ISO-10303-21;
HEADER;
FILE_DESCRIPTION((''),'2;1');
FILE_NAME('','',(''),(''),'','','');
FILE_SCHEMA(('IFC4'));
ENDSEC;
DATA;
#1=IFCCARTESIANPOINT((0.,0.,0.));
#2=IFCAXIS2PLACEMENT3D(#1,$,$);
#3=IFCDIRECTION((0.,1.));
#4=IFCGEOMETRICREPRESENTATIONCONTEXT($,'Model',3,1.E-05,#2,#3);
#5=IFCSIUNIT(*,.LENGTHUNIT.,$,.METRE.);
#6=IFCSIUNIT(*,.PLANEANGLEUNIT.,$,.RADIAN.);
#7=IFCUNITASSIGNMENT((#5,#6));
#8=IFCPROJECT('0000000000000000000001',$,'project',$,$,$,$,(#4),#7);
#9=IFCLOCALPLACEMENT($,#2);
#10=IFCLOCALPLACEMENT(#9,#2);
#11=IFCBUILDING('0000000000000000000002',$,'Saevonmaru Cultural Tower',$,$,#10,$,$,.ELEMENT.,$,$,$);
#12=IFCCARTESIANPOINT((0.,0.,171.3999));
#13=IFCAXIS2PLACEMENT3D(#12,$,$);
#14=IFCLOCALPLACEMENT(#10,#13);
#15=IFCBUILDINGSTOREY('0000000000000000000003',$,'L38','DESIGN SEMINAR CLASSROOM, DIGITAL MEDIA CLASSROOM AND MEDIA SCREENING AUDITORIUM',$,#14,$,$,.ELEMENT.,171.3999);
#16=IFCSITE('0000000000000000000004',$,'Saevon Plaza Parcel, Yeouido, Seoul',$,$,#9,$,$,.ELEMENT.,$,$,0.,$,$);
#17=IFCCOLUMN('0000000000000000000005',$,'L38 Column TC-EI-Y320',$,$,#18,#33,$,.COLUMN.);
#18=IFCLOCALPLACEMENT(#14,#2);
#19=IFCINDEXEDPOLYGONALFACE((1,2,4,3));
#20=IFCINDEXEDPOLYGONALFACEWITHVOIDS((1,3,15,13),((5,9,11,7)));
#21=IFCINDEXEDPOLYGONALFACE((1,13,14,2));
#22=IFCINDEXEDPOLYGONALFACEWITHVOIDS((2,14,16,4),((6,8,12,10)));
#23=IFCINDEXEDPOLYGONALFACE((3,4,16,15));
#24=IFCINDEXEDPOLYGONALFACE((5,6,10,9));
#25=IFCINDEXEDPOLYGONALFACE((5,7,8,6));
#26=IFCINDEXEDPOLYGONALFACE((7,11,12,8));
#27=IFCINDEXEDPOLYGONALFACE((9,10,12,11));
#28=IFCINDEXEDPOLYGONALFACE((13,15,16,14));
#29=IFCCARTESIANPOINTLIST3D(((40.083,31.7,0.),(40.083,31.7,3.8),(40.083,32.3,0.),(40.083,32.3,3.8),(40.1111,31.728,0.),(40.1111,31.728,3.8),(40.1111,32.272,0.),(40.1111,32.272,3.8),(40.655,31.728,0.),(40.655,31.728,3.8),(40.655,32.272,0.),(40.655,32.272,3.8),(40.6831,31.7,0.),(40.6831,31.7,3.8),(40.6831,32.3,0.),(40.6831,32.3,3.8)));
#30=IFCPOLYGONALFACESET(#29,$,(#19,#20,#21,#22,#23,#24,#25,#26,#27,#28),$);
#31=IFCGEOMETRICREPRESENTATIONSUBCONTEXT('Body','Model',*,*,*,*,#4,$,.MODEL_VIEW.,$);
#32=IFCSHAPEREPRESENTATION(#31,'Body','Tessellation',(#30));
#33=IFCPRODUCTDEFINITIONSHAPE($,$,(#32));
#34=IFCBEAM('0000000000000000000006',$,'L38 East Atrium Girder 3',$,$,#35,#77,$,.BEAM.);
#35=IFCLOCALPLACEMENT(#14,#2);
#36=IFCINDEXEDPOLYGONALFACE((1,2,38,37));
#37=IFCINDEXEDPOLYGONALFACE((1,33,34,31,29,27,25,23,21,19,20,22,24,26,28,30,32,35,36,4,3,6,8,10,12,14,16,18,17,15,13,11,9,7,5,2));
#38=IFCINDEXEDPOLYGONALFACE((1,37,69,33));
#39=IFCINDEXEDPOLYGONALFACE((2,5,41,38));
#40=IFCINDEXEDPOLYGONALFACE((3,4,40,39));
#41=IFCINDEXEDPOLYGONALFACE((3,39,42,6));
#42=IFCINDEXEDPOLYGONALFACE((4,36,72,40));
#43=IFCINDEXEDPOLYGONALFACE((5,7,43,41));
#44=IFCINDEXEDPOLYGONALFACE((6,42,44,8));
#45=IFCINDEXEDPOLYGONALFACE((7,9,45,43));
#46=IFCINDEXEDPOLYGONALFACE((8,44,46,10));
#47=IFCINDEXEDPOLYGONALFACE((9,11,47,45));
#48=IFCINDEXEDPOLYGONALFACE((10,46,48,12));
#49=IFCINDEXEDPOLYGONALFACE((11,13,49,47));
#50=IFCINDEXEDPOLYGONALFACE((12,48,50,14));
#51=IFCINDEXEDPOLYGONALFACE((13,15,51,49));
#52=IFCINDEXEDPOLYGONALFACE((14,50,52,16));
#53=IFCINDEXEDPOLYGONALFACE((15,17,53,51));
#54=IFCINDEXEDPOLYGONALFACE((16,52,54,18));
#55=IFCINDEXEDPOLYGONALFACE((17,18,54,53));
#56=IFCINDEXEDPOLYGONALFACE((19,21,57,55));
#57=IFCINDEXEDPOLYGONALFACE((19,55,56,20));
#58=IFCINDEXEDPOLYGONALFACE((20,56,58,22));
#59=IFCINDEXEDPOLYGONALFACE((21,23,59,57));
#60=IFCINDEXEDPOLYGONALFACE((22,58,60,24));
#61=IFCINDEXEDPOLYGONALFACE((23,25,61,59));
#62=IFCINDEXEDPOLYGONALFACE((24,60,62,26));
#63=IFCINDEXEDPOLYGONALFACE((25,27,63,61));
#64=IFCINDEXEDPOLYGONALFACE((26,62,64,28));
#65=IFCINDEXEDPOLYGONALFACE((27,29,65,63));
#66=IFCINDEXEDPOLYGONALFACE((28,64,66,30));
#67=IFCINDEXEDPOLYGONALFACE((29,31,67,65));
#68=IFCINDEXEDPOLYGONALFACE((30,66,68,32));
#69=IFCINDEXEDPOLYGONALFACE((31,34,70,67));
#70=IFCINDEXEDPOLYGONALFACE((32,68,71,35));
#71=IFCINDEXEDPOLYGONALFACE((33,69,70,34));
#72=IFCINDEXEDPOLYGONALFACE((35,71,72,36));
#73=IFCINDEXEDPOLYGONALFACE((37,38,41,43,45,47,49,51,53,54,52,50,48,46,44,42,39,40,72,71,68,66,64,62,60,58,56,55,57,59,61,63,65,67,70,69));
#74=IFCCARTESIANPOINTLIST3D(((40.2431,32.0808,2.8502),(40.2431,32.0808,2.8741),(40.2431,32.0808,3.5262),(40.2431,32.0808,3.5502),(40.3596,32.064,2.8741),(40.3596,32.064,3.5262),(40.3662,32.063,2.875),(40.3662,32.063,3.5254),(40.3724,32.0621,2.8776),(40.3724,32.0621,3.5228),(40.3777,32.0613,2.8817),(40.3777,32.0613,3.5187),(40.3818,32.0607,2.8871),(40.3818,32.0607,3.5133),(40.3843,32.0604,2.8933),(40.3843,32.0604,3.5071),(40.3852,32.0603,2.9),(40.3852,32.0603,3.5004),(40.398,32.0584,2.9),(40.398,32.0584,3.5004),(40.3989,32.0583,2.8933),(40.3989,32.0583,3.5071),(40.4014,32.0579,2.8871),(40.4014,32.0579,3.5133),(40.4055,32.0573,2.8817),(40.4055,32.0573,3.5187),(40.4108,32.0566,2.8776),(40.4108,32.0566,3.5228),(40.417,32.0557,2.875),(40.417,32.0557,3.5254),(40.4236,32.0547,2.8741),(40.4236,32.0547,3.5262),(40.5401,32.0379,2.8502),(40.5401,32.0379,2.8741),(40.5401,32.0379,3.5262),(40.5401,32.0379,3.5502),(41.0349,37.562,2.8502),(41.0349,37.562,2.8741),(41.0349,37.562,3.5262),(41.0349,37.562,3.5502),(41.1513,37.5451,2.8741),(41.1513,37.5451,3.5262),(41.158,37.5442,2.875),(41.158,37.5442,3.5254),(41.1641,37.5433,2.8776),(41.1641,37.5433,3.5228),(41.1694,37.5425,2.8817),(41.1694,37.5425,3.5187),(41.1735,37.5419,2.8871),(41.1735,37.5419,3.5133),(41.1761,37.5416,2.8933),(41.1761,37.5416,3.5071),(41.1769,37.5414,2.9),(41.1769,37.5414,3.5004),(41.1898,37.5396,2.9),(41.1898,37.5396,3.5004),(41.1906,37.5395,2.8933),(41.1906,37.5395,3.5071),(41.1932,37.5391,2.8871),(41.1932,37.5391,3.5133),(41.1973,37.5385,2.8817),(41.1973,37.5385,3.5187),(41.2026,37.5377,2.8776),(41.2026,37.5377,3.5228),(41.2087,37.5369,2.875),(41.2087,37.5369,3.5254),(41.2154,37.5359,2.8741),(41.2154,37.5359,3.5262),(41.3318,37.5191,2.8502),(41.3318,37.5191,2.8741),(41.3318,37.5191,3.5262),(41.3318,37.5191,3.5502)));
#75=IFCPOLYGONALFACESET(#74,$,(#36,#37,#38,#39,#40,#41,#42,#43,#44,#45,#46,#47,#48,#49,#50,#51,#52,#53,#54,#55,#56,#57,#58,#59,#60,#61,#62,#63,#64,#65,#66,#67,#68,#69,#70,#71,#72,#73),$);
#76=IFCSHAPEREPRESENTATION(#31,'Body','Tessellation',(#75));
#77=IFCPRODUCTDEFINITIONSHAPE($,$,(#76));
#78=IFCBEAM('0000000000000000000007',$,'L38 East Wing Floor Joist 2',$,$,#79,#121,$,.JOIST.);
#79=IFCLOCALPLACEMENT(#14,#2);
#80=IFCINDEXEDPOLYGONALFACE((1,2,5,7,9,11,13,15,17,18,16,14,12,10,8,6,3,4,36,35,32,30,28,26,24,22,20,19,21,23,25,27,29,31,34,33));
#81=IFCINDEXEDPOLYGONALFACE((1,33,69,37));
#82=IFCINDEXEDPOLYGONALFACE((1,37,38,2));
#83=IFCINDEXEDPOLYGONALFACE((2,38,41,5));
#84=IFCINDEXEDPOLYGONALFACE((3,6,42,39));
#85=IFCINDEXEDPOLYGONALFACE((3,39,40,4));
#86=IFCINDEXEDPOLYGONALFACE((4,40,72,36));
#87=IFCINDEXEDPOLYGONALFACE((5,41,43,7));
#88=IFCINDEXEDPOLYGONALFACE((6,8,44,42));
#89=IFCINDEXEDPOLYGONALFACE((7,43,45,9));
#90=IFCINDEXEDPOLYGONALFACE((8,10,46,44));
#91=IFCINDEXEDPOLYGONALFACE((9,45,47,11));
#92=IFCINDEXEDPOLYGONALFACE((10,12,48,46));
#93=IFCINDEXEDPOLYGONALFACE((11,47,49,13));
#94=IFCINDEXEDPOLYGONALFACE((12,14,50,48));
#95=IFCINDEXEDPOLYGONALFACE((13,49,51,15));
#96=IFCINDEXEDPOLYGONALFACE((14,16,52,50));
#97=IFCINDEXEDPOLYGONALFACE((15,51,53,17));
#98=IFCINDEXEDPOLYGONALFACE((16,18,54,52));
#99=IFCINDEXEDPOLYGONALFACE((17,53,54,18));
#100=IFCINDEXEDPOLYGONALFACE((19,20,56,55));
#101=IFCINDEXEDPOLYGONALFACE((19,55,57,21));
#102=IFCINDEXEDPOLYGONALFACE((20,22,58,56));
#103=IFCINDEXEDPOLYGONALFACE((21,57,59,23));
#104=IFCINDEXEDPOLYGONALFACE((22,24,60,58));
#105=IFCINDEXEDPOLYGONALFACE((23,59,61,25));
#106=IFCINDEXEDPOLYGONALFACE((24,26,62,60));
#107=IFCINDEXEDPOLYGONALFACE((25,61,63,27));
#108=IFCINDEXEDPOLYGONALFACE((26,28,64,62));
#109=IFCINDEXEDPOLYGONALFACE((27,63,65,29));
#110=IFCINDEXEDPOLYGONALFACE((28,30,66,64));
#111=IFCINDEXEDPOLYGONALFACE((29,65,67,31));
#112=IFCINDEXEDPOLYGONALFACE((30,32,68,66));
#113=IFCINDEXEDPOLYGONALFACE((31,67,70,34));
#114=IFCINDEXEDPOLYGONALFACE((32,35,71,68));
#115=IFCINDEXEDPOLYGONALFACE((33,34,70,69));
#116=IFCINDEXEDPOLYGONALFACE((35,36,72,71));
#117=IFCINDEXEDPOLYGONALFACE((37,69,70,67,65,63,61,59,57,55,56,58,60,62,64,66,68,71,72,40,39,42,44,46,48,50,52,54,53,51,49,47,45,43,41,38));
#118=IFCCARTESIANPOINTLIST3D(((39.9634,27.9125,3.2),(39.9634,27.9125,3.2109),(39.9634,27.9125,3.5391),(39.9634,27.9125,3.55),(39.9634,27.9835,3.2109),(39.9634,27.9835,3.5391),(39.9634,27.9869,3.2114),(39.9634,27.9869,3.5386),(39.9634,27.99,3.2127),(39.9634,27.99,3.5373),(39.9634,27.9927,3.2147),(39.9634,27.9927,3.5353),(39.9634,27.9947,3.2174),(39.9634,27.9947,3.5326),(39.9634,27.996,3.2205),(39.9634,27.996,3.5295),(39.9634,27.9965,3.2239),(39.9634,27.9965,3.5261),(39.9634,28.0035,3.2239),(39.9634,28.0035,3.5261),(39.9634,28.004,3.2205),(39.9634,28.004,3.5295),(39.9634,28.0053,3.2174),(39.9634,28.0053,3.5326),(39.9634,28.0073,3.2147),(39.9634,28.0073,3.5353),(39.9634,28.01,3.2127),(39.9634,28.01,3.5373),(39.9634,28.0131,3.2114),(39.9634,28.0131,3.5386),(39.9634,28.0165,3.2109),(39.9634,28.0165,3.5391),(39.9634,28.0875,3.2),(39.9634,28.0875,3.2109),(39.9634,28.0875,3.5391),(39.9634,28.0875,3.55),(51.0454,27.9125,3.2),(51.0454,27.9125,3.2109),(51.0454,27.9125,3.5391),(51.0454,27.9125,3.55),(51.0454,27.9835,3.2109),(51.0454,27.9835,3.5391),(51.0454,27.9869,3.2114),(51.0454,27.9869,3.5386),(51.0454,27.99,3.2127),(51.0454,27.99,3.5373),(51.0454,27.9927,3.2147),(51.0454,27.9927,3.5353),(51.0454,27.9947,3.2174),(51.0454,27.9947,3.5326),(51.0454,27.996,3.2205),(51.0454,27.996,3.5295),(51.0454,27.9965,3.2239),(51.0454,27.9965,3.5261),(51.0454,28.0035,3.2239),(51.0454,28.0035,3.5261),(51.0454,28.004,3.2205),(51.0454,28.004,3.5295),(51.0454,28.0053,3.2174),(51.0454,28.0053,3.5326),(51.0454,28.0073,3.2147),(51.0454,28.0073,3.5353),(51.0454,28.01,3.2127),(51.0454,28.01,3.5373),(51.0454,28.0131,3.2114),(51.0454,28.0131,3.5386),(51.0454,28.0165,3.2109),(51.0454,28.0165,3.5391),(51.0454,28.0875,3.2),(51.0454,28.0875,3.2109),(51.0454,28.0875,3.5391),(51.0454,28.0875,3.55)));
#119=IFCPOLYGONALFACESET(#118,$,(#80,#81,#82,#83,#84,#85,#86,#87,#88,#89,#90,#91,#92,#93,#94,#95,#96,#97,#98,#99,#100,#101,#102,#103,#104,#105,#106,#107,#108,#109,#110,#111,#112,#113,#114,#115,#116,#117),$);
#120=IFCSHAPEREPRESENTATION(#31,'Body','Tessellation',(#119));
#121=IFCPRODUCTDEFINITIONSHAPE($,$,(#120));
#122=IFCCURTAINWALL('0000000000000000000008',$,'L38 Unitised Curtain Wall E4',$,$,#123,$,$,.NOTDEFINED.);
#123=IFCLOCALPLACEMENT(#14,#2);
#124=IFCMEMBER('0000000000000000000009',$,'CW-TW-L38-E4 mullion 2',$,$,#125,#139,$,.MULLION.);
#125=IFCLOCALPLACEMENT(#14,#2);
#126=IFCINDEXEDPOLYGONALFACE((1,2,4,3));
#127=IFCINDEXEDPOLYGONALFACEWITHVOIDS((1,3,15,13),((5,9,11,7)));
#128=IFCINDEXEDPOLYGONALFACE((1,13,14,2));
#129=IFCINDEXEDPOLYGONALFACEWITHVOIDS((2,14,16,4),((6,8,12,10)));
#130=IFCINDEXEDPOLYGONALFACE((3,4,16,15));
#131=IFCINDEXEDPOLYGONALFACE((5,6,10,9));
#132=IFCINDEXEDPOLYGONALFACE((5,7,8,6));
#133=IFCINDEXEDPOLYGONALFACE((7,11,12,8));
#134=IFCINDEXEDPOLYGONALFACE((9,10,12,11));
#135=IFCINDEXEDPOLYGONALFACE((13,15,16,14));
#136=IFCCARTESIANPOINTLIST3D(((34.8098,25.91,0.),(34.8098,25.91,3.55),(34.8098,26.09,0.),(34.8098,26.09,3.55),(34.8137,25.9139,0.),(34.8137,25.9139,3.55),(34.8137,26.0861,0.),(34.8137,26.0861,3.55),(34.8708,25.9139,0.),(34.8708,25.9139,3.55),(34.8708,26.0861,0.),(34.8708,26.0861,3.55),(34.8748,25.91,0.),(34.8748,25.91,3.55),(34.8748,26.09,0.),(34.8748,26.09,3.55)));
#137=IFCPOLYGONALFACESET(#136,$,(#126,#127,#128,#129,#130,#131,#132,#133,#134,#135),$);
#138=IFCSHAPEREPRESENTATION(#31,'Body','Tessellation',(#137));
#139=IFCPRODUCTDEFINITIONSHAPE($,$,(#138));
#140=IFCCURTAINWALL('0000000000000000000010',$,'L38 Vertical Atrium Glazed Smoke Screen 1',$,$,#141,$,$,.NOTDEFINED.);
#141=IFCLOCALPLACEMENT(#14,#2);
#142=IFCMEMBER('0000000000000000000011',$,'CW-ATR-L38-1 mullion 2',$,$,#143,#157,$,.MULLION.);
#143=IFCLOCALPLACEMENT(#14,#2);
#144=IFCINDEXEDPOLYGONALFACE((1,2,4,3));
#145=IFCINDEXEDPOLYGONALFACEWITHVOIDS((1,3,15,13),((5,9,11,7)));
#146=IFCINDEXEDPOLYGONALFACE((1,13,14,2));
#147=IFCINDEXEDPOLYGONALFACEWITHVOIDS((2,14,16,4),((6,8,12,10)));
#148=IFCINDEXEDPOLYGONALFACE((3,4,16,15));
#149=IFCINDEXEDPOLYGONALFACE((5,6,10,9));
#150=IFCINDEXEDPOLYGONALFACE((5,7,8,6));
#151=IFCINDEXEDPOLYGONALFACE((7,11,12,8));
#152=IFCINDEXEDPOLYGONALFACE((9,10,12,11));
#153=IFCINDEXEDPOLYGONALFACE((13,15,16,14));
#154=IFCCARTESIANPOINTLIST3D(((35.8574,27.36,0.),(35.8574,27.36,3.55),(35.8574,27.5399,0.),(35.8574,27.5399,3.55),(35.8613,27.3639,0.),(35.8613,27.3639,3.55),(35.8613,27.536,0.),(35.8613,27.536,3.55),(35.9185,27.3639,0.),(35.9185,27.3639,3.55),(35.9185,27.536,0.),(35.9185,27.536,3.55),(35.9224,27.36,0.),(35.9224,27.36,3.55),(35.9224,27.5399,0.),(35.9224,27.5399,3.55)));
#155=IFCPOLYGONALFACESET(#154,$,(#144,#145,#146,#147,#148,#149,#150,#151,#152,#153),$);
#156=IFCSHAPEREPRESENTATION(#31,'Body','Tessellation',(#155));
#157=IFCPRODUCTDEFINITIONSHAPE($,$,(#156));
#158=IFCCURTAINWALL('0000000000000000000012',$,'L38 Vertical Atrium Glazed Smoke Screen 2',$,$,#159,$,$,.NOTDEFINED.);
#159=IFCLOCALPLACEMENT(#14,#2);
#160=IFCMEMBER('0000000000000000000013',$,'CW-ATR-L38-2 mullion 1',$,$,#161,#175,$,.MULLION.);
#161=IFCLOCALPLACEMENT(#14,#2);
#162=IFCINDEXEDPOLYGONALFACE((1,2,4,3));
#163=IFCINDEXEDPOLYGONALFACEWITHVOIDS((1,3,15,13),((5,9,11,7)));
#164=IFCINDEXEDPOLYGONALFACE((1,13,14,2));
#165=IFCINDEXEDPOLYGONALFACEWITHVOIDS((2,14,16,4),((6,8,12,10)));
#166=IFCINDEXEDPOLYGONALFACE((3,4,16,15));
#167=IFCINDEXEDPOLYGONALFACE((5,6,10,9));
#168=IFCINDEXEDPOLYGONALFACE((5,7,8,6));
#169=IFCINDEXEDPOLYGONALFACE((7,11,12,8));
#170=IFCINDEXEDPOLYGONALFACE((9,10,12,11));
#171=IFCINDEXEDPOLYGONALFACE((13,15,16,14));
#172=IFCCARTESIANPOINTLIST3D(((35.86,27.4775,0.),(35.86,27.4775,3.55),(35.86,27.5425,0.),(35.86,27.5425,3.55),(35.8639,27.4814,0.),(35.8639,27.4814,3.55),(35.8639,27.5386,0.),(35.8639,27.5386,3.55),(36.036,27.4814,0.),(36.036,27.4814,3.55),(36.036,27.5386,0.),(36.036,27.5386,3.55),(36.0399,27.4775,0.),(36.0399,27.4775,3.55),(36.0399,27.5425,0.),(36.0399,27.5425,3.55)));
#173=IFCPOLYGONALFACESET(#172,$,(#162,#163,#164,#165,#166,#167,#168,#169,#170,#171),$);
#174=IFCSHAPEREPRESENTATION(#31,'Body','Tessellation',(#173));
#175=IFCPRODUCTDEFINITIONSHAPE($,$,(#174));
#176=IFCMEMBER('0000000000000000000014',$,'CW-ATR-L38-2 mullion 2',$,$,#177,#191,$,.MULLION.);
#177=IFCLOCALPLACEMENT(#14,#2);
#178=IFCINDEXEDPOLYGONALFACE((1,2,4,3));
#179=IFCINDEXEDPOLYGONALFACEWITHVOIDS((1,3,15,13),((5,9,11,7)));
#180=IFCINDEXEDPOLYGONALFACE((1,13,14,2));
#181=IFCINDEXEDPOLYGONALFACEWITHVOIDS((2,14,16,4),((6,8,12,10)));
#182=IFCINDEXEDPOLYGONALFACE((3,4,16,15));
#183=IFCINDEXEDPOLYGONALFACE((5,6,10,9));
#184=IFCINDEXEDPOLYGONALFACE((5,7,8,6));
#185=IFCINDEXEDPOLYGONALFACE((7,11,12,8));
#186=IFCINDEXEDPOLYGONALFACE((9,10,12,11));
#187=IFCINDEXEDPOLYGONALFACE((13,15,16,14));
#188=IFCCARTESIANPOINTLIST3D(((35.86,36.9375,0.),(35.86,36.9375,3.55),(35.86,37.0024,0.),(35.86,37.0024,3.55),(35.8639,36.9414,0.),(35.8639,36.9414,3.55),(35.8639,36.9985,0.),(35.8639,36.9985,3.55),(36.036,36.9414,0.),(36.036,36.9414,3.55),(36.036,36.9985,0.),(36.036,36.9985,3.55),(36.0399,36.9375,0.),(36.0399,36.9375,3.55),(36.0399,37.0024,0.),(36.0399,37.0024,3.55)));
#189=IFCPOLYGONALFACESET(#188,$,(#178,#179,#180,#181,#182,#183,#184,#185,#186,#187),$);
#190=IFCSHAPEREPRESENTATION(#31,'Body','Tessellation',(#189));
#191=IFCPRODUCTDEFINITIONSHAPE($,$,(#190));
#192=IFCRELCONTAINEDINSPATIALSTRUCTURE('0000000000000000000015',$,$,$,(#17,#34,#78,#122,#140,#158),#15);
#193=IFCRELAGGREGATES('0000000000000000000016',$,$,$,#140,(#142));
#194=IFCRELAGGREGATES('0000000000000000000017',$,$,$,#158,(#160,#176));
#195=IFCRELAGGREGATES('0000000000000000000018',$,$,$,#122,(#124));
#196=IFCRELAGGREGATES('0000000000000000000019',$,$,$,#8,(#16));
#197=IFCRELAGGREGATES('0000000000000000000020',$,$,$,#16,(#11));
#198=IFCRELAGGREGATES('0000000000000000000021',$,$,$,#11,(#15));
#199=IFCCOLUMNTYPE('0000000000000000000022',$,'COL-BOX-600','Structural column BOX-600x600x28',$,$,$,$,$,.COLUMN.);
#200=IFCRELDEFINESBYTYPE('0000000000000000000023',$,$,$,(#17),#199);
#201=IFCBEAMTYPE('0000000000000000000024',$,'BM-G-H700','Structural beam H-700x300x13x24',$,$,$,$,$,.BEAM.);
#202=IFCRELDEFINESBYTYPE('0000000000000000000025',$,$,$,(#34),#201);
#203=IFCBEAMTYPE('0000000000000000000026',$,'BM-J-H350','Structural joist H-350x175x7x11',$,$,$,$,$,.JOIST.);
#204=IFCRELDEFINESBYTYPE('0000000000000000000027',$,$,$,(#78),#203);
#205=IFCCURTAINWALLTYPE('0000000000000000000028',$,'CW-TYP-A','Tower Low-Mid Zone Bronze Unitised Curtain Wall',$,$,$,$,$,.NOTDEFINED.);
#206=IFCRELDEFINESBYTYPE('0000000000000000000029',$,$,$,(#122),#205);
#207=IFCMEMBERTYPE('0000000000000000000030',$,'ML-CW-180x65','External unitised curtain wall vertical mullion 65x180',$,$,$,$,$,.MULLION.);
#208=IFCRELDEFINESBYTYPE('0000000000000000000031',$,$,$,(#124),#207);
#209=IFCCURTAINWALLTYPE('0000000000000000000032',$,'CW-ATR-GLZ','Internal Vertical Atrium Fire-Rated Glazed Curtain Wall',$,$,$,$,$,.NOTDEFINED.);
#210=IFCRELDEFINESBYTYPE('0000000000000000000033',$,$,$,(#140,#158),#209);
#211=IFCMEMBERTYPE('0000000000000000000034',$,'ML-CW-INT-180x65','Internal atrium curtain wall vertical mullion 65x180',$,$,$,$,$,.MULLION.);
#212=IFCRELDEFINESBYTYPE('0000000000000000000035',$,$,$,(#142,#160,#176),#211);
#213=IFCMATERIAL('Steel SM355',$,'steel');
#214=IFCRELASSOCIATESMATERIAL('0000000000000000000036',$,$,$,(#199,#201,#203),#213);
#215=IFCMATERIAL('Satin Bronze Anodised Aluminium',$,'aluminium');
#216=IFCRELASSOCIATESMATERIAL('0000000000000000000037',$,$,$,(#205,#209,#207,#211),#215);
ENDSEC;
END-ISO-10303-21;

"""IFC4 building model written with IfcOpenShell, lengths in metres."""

from ifc_helpers import new_model, si_unit, direction, frame, origin, origin_2d, place, context, subcontext, project, spatial, hollow_rectangle, i_section, extrude, material, material_profile, profile_set, type_object, element, aggregate, save


model = new_model("IFC4")

# Units and contexts
model_context = context("Model", 3, precision=1e-05, world=origin(), true_north=direction((0.0, 1.0)))
body_context = subcontext(model_context, "Body", "Model", "MODEL_VIEW")
ifc_project = project(units=[si_unit("LENGTHUNIT", "METRE"), si_unit("PLANEANGLEUNIT", "RADIAN")], contexts=[model_context])

# Site, building, storey
site_placement = place(None, origin())
site = spatial("IfcSite", under=ifc_project, at=site_placement, Name="Saevon Plaza Parcel, Yeouido, Seoul", CompositionType="ELEMENT", RefElevation=0.0)
building_placement = place(site_placement, origin())
building = spatial("IfcBuilding", under=site, at=building_placement, Name="Saevonmaru Cultural Tower", CompositionType="ELEMENT")
storey_placement = place(building_placement, frame((0.0, 0.0, 171.3999)))
storey = spatial("IfcBuildingStorey", under=building, at=storey_placement, Name="L38", Description="DESIGN SEMINAR CLASSROOM, DIGITAL MEDIA CLASSROOM AND MEDIA SCREENING AUDITORIUM", CompositionType="ELEMENT", Elevation=171.3999)

# Column
ifc_material_1 = material(Name="Steel SM355", Category="steel")
ifc_material_profile_1 = material_profile(ifc_material_1, hollow_rectangle(XDim=0.6001, YDim=0.6001, WallThickness=0.0281, at=origin_2d()), Name="BOX-600x600x28")
ifc_profile_set_1 = profile_set([ifc_material_profile_1], Name="Steel SM355")
column_type = type_object("IfcColumnType", Name="COL-BOX-600", Description="Structural column BOX-600x600x28", PredefinedType="COLUMN", material=ifc_profile_set_1)
column_placement = place(storey_placement, frame((40.3831, 32.0, 0.0), z_axis=(0.0, 0.0, 1.0), x_axis=(1.0, 0.0, 0.0)))
element("IfcColumn", 1, at=column_placement, inside=storey, type_object=column_type, Name="L38 Column TC-EI-Y320", PredefinedType="COLUMN", context=body_context, shape_type="SweptSolid", body=[
    extrude(hollow_rectangle(XDim=0.6001, YDim=0.6001, WallThickness=0.0281, at=origin_2d()), origin(), (0.0, 0.0, 1.0), 3.8),
])

# Beams
ifc_material_profile_2 = material_profile(ifc_material_1, i_section(OverallWidth=0.3, OverallDepth=0.7, WebThickness=0.0129, FlangeThickness=0.0239, FilletRadius=0.0259, at=origin_2d()), Name="H-700x300x13x24")
ifc_profile_set_2 = profile_set([ifc_material_profile_2], Name="Steel SM355")
beam_type_1 = type_object("IfcBeamType", Name="BM-G-H700", Description="Structural beam H-700x300x13x24", PredefinedType="BEAM", material=ifc_profile_set_2)
beam_1_placement = place(storey_placement, frame((40.3916, 32.0593, 3.2002), z_axis=(0.142964, 0.989728, 0.0), x_axis=(-0.989728, 0.142964, 0.0)))
element("IfcBeam", 2, at=beam_1_placement, inside=storey, type_object=beam_type_1, Name="L38 East Atrium Girder 3", PredefinedType="BEAM", context=body_context, shape_type="SweptSolid", body=[
    extrude(i_section(OverallWidth=0.3, OverallDepth=0.7, WebThickness=0.0129, FlangeThickness=0.0239, FilletRadius=0.0259, at=origin_2d()), origin(), (0.0, 0.0, 1.0), 5.5381),
])
ifc_material_profile_3 = material_profile(ifc_material_1, i_section(OverallWidth=0.175, OverallDepth=0.3501, WebThickness=0.0071, FlangeThickness=0.011, FilletRadius=0.0129, at=origin_2d()), Name="H-350x175x7x11")
ifc_profile_set_3 = profile_set([ifc_material_profile_3], Name="Steel SM355")
beam_type_2 = type_object("IfcBeamType", Name="BM-J-H350", Description="Structural joist H-350x175x7x11", PredefinedType="JOIST", material=ifc_profile_set_3)
beam_2_placement = place(storey_placement, frame((39.9634, 28.0, 3.375), z_axis=(1.0, 0.0, 0.0), x_axis=(0.0, 1.0, 0.0)))
element("IfcBeam", 3, at=beam_2_placement, inside=storey, type_object=beam_type_2, Name="L38 East Wing Floor Joist 2", PredefinedType="JOIST", context=body_context, shape_type="SweptSolid", body=[
    extrude(i_section(OverallWidth=0.175, OverallDepth=0.3501, WebThickness=0.0071, FlangeThickness=0.011, FilletRadius=0.0129, at=origin_2d()), origin(), (0.0, 0.0, 1.0), 11.082),
])

# Curtain walls, members
ifc_material_2 = material(Name="Satin Bronze Anodised Aluminium", Category="aluminium")
curtain_wall_type_1 = type_object("IfcCurtainWallType", Name="CW-TYP-A", Description="Tower Low-Mid Zone Bronze Unitised Curtain Wall", PredefinedType="NOTDEFINED", material=ifc_material_2)
curtain_wall_1_placement = place(storey_placement, origin())
curtain_wall_1 = element("IfcCurtainWall", 4, at=curtain_wall_1_placement, inside=storey, type_object=curtain_wall_type_1, Name="L38 Unitised Curtain Wall E4", PredefinedType="NOTDEFINED")
ifc_material_profile_4 = material_profile(ifc_material_2, hollow_rectangle(XDim=0.0649, YDim=0.1799, WallThickness=0.0039, at=origin_2d()), Name="ALU-MULL-180x65x4")
ifc_profile_set_4 = profile_set([ifc_material_profile_4], Name="Satin Bronze Anodised Aluminium")
member_type_1 = type_object("IfcMemberType", Name="ML-CW-180x65", Description="External unitised curtain wall vertical mullion 65x180", PredefinedType="MULLION", material=ifc_profile_set_4)
member_1_placement = place(storey_placement, frame((34.8423, 26.0, 0.0), z_axis=(0.0, 0.0, 1.0), x_axis=(1.0, 0.0, 0.0)))
member_1 = element("IfcMember", 5, at=member_1_placement, type_object=member_type_1, Name="CW-TW-L38-E4 mullion 2", PredefinedType="MULLION", context=body_context, shape_type="SweptSolid", body=[
    extrude(hollow_rectangle(XDim=0.0649, YDim=0.1799, WallThickness=0.0039, at=origin_2d()), origin(), (0.0, 0.0, 1.0), 3.55),
])
curtain_wall_type_2 = type_object("IfcCurtainWallType", Name="CW-ATR-GLZ", Description="Internal Vertical Atrium Fire-Rated Glazed Curtain Wall", PredefinedType="NOTDEFINED", material=ifc_material_2)
curtain_wall_2_placement = place(storey_placement, origin())
curtain_wall_2 = element("IfcCurtainWall", 6, at=curtain_wall_2_placement, inside=storey, type_object=curtain_wall_type_2, Name="L38 Vertical Atrium Glazed Smoke Screen 1", PredefinedType="NOTDEFINED")
ifc_material_profile_5 = material_profile(ifc_material_2, hollow_rectangle(XDim=0.0649, YDim=0.1799, WallThickness=0.0039, at=origin_2d()), Name="ALU-MULL-180x65x4")
ifc_profile_set_5 = profile_set([ifc_material_profile_5], Name="Satin Bronze Anodised Aluminium")
member_type_2 = type_object("IfcMemberType", Name="ML-CW-INT-180x65", Description="Internal atrium curtain wall vertical mullion 65x180", PredefinedType="MULLION", material=ifc_profile_set_5)
member_2_placement = place(storey_placement, frame((35.8899, 27.45, 0.0), z_axis=(0.0, 0.0, 1.0), x_axis=(1.0, 0.0, 0.0)))
member_2 = element("IfcMember", 7, at=member_2_placement, type_object=member_type_2, Name="CW-ATR-L38-1 mullion 2", PredefinedType="MULLION", context=body_context, shape_type="SweptSolid", body=[
    extrude(hollow_rectangle(XDim=0.0649, YDim=0.1799, WallThickness=0.0039, at=origin_2d()), origin(), (0.0, 0.0, 1.0), 3.55),
])

# Curtain wall, members
curtain_wall_3_placement = place(storey_placement, origin())
curtain_wall_3 = element("IfcCurtainWall", 8, at=curtain_wall_3_placement, inside=storey, type_object=curtain_wall_type_2, Name="L38 Vertical Atrium Glazed Smoke Screen 2", PredefinedType="NOTDEFINED")
member_3_placement = place(storey_placement, frame((35.95, 27.51, 0.0), z_axis=(0.0, 0.0, 1.0), x_axis=(0.0, 1.0, 0.0)))
member_3 = element("IfcMember", 9, at=member_3_placement, type_object=member_type_2, Name="CW-ATR-L38-2 mullion 1", PredefinedType="MULLION", context=body_context, shape_type="SweptSolid", body=[
    extrude(hollow_rectangle(XDim=0.0649, YDim=0.1799, WallThickness=0.0039, at=origin_2d()), origin(), (0.0, 0.0, 1.0), 3.55),
])
member_4_placement = place(storey_placement, frame((35.95, 36.97, 0.0), z_axis=(0.0, 0.0, 1.0), x_axis=(0.0, 1.0, 0.0)))
member_4 = element("IfcMember", 10, at=member_4_placement, type_object=member_type_2, Name="CW-ATR-L38-2 mullion 2", PredefinedType="MULLION", context=body_context, shape_type="SweptSolid", body=[
    extrude(hollow_rectangle(XDim=0.0649, YDim=0.1799, WallThickness=0.0039, at=origin_2d()), origin(), (0.0, 0.0, 1.0), 3.55),
])

aggregate(curtain_wall_2, [member_2])
aggregate(curtain_wall_3, [member_3, member_4])
aggregate(curtain_wall_1, [member_1])

save(model, "model.ifc")
